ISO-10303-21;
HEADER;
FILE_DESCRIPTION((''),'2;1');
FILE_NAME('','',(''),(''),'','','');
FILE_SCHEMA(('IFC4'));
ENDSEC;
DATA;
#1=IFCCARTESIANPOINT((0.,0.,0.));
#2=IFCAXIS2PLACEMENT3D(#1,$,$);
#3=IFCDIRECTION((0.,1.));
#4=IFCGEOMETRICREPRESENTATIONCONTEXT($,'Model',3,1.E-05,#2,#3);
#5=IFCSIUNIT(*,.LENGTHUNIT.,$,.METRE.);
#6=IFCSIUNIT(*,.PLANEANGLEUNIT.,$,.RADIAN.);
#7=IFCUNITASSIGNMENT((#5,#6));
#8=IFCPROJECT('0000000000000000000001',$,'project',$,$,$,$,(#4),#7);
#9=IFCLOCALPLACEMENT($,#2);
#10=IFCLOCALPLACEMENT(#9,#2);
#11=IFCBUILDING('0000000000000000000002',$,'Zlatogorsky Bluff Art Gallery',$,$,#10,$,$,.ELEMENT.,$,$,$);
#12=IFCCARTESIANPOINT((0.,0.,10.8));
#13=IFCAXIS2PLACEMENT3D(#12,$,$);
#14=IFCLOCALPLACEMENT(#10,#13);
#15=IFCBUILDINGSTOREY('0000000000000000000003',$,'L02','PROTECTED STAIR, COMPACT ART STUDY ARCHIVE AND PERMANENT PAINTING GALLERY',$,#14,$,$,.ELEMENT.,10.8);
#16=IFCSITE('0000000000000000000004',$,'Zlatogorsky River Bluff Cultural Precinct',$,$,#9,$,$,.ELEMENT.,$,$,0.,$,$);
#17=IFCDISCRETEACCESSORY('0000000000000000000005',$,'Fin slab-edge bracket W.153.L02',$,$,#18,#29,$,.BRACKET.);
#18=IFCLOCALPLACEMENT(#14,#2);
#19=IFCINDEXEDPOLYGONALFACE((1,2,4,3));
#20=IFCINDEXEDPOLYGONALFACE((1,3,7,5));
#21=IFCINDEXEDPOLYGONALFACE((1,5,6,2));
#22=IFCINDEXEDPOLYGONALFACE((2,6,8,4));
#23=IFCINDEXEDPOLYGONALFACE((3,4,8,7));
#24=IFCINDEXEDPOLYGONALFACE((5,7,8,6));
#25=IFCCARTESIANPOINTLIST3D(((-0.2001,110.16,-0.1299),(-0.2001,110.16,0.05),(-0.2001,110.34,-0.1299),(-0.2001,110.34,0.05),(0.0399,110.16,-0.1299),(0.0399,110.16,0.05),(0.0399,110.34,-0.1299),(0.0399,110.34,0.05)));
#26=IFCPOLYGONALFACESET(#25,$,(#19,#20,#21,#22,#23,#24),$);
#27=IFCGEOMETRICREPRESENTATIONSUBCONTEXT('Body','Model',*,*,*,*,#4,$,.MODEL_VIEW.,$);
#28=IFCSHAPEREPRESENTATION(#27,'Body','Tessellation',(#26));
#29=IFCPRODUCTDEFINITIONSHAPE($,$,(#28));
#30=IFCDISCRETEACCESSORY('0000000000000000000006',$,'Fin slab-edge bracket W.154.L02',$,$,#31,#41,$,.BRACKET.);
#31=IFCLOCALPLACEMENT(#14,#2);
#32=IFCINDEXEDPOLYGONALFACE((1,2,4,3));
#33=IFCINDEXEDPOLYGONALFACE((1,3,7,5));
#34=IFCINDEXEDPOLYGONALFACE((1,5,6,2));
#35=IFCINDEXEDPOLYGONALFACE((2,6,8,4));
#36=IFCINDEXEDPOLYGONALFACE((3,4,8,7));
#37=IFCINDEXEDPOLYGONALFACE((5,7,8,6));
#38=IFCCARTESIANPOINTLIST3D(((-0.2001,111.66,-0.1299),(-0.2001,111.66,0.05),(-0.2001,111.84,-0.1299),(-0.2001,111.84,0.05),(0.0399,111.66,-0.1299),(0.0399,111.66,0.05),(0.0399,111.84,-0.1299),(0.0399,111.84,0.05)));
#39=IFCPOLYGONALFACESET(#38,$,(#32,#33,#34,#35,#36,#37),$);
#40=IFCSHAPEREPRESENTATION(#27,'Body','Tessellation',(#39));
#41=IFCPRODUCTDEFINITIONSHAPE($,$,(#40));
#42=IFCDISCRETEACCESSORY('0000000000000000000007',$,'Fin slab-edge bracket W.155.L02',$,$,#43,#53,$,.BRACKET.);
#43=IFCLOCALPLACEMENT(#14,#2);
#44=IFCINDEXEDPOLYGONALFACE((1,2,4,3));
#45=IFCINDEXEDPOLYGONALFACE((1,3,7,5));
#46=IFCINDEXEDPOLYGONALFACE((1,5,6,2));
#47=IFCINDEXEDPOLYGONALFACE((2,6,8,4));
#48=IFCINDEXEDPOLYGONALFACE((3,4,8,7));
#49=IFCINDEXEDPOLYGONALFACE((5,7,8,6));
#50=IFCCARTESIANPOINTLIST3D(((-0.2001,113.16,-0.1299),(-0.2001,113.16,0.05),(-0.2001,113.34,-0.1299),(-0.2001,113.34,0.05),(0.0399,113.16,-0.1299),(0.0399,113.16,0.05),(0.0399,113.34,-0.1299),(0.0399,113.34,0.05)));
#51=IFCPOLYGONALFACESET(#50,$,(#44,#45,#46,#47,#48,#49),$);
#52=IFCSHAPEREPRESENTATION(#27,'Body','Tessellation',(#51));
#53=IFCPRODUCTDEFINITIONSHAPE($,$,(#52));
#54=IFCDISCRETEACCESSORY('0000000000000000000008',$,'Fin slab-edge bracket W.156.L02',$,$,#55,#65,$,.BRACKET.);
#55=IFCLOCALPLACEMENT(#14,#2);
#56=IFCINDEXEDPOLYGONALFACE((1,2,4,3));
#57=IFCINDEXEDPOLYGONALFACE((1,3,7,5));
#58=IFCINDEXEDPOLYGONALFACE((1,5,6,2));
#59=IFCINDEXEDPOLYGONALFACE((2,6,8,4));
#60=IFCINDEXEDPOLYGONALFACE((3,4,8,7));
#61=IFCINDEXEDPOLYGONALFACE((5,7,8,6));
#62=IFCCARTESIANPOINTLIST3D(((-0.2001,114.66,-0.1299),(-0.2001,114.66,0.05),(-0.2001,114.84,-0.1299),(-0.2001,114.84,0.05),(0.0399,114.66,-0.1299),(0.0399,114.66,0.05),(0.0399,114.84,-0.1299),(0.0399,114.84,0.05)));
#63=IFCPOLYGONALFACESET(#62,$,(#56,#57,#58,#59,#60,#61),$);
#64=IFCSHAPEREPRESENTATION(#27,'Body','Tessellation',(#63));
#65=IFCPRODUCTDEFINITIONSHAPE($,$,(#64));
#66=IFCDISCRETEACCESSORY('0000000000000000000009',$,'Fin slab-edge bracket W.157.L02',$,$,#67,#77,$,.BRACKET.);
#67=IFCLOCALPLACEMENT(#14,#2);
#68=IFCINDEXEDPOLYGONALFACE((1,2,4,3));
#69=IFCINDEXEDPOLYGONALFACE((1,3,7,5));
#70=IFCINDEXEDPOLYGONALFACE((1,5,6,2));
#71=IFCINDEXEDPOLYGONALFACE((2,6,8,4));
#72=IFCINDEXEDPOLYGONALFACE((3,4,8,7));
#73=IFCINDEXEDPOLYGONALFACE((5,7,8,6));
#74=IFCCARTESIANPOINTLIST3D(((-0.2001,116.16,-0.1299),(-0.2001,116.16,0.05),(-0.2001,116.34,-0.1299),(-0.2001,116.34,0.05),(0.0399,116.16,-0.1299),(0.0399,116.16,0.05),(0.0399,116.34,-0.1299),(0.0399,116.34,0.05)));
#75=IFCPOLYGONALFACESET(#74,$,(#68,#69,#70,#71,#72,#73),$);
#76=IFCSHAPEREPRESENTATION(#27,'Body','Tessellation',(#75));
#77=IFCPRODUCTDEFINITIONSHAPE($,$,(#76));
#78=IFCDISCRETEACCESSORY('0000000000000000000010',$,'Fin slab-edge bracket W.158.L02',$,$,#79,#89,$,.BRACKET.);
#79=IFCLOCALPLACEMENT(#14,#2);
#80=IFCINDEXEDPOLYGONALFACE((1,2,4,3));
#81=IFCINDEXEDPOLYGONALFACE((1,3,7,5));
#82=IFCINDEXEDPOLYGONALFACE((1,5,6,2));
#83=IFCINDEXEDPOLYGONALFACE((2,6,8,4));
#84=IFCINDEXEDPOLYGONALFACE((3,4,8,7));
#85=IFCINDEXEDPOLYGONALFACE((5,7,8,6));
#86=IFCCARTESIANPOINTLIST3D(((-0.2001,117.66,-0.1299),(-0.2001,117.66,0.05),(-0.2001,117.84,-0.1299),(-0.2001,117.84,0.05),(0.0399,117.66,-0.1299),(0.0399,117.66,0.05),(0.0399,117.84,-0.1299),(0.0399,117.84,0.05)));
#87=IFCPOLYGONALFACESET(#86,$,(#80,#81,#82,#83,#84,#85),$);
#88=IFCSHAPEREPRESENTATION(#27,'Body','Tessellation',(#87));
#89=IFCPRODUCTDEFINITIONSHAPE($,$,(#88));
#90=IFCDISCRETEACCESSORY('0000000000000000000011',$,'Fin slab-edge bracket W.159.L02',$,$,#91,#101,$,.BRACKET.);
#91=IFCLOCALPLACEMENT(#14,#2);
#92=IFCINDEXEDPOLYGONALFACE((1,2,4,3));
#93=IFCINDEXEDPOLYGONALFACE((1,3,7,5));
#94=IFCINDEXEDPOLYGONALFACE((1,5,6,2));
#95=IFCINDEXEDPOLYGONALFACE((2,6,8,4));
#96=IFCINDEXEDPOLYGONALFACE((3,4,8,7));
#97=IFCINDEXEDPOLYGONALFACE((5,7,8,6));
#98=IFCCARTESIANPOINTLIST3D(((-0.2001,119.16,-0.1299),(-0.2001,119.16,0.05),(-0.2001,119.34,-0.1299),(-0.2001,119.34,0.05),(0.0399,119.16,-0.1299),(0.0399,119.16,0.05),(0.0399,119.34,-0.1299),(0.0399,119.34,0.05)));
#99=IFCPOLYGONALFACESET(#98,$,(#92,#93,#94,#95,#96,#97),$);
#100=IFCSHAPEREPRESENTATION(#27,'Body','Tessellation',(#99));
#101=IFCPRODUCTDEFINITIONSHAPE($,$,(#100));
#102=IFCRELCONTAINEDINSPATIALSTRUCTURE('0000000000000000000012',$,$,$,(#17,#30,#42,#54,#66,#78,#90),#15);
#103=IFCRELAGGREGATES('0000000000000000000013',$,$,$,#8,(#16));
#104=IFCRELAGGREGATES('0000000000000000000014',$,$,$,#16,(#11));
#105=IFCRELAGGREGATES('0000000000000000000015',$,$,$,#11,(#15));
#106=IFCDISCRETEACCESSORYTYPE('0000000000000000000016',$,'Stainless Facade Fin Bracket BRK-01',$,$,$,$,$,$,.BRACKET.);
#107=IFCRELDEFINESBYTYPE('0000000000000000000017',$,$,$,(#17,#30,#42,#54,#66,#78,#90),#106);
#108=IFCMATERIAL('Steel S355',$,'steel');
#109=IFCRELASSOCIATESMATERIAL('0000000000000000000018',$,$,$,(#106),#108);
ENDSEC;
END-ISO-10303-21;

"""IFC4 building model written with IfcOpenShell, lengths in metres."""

from ifc_helpers import new_model, si_unit, direction, frame, origin, origin_2d, place, context, subcontext, project, spatial, rectangle, extrude, material, type_object, element, save


model = new_model("IFC4")

# Units and contexts
model_context = context("Model", 3, precision=1e-05, world=origin(), true_north=direction((0.0, 1.0)))
body_context = subcontext(model_context, "Body", "Model", "MODEL_VIEW")
ifc_project = project(units=[si_unit("LENGTHUNIT", "METRE"), si_unit("PLANEANGLEUNIT", "RADIAN")], contexts=[model_context])

# Site, building, storey
site_placement = place(None, origin())
site = spatial("IfcSite", under=ifc_project, at=site_placement, Name="Zlatogorsky River Bluff Cultural Precinct", CompositionType="ELEMENT", RefElevation=0.0)
building_placement = place(site_placement, origin())
building = spatial("IfcBuilding", under=site, at=building_placement, Name="Zlatogorsky Bluff Art Gallery", CompositionType="ELEMENT")
storey_placement = place(building_placement, frame((0.0, 0.0, 10.8)))
storey = spatial("IfcBuildingStorey", under=building, at=storey_placement, Name="L02", Description="PROTECTED STAIR, COMPACT ART STUDY ARCHIVE AND PERMANENT PAINTING GALLERY", CompositionType="ELEMENT", Elevation=10.8)

# Shared definitions
ifc_material_1 = material(Name="Steel S355", Category="steel")

# Discrete accessories
discrete_accessory_type = type_object("IfcDiscreteAccessoryType", Name="Stainless Facade Fin Bracket BRK-01", PredefinedType="BRACKET", material=ifc_material_1)
for number, where, z_axis, x_axis, name in (
    (1, (-0.0801, 110.25, -0.1299), (0.0, 0.0, 1.0), (1.0, 0.0, 0.0), "Fin slab-edge bracket W.153.L02"),
    (2, (-0.0801, 111.75, -0.1299), (0.0, 0.0, 1.0), (1.0, 0.0, 0.0), "Fin slab-edge bracket W.154.L02"),
    (3, (-0.0801, 113.25, -0.1299), (0.0, 0.0, 1.0), (1.0, 0.0, 0.0), "Fin slab-edge bracket W.155.L02"),
    (4, (-0.0801, 114.75, -0.1299), (0.0, 0.0, 1.0), (1.0, 0.0, 0.0), "Fin slab-edge bracket W.156.L02"),
    (5, (-0.0801, 116.25, -0.1299), (0.0, 0.0, 1.0), (1.0, 0.0, 0.0), "Fin slab-edge bracket W.157.L02"),
    (6, (-0.0801, 117.75, -0.1299), (0.0, 0.0, 1.0), (1.0, 0.0, 0.0), "Fin slab-edge bracket W.158.L02"),
    (7, (-0.0801, 119.25, -0.1299), (0.0, 0.0, 1.0), (1.0, 0.0, 0.0), "Fin slab-edge bracket W.159.L02"),
):
    element("IfcDiscreteAccessory", number, at=place(storey_placement, frame(where, z_axis=z_axis, x_axis=x_axis)), inside=storey, type_object=discrete_accessory_type, Name=name, PredefinedType="BRACKET", context=body_context, shape_type="SweptSolid", body=[
        extrude(rectangle(XDim=0.24, YDim=0.1799, at=origin_2d()), origin(), (0.0, 0.0, 1.0), 0.1799),
    ])

save(model, "model.ifc")
